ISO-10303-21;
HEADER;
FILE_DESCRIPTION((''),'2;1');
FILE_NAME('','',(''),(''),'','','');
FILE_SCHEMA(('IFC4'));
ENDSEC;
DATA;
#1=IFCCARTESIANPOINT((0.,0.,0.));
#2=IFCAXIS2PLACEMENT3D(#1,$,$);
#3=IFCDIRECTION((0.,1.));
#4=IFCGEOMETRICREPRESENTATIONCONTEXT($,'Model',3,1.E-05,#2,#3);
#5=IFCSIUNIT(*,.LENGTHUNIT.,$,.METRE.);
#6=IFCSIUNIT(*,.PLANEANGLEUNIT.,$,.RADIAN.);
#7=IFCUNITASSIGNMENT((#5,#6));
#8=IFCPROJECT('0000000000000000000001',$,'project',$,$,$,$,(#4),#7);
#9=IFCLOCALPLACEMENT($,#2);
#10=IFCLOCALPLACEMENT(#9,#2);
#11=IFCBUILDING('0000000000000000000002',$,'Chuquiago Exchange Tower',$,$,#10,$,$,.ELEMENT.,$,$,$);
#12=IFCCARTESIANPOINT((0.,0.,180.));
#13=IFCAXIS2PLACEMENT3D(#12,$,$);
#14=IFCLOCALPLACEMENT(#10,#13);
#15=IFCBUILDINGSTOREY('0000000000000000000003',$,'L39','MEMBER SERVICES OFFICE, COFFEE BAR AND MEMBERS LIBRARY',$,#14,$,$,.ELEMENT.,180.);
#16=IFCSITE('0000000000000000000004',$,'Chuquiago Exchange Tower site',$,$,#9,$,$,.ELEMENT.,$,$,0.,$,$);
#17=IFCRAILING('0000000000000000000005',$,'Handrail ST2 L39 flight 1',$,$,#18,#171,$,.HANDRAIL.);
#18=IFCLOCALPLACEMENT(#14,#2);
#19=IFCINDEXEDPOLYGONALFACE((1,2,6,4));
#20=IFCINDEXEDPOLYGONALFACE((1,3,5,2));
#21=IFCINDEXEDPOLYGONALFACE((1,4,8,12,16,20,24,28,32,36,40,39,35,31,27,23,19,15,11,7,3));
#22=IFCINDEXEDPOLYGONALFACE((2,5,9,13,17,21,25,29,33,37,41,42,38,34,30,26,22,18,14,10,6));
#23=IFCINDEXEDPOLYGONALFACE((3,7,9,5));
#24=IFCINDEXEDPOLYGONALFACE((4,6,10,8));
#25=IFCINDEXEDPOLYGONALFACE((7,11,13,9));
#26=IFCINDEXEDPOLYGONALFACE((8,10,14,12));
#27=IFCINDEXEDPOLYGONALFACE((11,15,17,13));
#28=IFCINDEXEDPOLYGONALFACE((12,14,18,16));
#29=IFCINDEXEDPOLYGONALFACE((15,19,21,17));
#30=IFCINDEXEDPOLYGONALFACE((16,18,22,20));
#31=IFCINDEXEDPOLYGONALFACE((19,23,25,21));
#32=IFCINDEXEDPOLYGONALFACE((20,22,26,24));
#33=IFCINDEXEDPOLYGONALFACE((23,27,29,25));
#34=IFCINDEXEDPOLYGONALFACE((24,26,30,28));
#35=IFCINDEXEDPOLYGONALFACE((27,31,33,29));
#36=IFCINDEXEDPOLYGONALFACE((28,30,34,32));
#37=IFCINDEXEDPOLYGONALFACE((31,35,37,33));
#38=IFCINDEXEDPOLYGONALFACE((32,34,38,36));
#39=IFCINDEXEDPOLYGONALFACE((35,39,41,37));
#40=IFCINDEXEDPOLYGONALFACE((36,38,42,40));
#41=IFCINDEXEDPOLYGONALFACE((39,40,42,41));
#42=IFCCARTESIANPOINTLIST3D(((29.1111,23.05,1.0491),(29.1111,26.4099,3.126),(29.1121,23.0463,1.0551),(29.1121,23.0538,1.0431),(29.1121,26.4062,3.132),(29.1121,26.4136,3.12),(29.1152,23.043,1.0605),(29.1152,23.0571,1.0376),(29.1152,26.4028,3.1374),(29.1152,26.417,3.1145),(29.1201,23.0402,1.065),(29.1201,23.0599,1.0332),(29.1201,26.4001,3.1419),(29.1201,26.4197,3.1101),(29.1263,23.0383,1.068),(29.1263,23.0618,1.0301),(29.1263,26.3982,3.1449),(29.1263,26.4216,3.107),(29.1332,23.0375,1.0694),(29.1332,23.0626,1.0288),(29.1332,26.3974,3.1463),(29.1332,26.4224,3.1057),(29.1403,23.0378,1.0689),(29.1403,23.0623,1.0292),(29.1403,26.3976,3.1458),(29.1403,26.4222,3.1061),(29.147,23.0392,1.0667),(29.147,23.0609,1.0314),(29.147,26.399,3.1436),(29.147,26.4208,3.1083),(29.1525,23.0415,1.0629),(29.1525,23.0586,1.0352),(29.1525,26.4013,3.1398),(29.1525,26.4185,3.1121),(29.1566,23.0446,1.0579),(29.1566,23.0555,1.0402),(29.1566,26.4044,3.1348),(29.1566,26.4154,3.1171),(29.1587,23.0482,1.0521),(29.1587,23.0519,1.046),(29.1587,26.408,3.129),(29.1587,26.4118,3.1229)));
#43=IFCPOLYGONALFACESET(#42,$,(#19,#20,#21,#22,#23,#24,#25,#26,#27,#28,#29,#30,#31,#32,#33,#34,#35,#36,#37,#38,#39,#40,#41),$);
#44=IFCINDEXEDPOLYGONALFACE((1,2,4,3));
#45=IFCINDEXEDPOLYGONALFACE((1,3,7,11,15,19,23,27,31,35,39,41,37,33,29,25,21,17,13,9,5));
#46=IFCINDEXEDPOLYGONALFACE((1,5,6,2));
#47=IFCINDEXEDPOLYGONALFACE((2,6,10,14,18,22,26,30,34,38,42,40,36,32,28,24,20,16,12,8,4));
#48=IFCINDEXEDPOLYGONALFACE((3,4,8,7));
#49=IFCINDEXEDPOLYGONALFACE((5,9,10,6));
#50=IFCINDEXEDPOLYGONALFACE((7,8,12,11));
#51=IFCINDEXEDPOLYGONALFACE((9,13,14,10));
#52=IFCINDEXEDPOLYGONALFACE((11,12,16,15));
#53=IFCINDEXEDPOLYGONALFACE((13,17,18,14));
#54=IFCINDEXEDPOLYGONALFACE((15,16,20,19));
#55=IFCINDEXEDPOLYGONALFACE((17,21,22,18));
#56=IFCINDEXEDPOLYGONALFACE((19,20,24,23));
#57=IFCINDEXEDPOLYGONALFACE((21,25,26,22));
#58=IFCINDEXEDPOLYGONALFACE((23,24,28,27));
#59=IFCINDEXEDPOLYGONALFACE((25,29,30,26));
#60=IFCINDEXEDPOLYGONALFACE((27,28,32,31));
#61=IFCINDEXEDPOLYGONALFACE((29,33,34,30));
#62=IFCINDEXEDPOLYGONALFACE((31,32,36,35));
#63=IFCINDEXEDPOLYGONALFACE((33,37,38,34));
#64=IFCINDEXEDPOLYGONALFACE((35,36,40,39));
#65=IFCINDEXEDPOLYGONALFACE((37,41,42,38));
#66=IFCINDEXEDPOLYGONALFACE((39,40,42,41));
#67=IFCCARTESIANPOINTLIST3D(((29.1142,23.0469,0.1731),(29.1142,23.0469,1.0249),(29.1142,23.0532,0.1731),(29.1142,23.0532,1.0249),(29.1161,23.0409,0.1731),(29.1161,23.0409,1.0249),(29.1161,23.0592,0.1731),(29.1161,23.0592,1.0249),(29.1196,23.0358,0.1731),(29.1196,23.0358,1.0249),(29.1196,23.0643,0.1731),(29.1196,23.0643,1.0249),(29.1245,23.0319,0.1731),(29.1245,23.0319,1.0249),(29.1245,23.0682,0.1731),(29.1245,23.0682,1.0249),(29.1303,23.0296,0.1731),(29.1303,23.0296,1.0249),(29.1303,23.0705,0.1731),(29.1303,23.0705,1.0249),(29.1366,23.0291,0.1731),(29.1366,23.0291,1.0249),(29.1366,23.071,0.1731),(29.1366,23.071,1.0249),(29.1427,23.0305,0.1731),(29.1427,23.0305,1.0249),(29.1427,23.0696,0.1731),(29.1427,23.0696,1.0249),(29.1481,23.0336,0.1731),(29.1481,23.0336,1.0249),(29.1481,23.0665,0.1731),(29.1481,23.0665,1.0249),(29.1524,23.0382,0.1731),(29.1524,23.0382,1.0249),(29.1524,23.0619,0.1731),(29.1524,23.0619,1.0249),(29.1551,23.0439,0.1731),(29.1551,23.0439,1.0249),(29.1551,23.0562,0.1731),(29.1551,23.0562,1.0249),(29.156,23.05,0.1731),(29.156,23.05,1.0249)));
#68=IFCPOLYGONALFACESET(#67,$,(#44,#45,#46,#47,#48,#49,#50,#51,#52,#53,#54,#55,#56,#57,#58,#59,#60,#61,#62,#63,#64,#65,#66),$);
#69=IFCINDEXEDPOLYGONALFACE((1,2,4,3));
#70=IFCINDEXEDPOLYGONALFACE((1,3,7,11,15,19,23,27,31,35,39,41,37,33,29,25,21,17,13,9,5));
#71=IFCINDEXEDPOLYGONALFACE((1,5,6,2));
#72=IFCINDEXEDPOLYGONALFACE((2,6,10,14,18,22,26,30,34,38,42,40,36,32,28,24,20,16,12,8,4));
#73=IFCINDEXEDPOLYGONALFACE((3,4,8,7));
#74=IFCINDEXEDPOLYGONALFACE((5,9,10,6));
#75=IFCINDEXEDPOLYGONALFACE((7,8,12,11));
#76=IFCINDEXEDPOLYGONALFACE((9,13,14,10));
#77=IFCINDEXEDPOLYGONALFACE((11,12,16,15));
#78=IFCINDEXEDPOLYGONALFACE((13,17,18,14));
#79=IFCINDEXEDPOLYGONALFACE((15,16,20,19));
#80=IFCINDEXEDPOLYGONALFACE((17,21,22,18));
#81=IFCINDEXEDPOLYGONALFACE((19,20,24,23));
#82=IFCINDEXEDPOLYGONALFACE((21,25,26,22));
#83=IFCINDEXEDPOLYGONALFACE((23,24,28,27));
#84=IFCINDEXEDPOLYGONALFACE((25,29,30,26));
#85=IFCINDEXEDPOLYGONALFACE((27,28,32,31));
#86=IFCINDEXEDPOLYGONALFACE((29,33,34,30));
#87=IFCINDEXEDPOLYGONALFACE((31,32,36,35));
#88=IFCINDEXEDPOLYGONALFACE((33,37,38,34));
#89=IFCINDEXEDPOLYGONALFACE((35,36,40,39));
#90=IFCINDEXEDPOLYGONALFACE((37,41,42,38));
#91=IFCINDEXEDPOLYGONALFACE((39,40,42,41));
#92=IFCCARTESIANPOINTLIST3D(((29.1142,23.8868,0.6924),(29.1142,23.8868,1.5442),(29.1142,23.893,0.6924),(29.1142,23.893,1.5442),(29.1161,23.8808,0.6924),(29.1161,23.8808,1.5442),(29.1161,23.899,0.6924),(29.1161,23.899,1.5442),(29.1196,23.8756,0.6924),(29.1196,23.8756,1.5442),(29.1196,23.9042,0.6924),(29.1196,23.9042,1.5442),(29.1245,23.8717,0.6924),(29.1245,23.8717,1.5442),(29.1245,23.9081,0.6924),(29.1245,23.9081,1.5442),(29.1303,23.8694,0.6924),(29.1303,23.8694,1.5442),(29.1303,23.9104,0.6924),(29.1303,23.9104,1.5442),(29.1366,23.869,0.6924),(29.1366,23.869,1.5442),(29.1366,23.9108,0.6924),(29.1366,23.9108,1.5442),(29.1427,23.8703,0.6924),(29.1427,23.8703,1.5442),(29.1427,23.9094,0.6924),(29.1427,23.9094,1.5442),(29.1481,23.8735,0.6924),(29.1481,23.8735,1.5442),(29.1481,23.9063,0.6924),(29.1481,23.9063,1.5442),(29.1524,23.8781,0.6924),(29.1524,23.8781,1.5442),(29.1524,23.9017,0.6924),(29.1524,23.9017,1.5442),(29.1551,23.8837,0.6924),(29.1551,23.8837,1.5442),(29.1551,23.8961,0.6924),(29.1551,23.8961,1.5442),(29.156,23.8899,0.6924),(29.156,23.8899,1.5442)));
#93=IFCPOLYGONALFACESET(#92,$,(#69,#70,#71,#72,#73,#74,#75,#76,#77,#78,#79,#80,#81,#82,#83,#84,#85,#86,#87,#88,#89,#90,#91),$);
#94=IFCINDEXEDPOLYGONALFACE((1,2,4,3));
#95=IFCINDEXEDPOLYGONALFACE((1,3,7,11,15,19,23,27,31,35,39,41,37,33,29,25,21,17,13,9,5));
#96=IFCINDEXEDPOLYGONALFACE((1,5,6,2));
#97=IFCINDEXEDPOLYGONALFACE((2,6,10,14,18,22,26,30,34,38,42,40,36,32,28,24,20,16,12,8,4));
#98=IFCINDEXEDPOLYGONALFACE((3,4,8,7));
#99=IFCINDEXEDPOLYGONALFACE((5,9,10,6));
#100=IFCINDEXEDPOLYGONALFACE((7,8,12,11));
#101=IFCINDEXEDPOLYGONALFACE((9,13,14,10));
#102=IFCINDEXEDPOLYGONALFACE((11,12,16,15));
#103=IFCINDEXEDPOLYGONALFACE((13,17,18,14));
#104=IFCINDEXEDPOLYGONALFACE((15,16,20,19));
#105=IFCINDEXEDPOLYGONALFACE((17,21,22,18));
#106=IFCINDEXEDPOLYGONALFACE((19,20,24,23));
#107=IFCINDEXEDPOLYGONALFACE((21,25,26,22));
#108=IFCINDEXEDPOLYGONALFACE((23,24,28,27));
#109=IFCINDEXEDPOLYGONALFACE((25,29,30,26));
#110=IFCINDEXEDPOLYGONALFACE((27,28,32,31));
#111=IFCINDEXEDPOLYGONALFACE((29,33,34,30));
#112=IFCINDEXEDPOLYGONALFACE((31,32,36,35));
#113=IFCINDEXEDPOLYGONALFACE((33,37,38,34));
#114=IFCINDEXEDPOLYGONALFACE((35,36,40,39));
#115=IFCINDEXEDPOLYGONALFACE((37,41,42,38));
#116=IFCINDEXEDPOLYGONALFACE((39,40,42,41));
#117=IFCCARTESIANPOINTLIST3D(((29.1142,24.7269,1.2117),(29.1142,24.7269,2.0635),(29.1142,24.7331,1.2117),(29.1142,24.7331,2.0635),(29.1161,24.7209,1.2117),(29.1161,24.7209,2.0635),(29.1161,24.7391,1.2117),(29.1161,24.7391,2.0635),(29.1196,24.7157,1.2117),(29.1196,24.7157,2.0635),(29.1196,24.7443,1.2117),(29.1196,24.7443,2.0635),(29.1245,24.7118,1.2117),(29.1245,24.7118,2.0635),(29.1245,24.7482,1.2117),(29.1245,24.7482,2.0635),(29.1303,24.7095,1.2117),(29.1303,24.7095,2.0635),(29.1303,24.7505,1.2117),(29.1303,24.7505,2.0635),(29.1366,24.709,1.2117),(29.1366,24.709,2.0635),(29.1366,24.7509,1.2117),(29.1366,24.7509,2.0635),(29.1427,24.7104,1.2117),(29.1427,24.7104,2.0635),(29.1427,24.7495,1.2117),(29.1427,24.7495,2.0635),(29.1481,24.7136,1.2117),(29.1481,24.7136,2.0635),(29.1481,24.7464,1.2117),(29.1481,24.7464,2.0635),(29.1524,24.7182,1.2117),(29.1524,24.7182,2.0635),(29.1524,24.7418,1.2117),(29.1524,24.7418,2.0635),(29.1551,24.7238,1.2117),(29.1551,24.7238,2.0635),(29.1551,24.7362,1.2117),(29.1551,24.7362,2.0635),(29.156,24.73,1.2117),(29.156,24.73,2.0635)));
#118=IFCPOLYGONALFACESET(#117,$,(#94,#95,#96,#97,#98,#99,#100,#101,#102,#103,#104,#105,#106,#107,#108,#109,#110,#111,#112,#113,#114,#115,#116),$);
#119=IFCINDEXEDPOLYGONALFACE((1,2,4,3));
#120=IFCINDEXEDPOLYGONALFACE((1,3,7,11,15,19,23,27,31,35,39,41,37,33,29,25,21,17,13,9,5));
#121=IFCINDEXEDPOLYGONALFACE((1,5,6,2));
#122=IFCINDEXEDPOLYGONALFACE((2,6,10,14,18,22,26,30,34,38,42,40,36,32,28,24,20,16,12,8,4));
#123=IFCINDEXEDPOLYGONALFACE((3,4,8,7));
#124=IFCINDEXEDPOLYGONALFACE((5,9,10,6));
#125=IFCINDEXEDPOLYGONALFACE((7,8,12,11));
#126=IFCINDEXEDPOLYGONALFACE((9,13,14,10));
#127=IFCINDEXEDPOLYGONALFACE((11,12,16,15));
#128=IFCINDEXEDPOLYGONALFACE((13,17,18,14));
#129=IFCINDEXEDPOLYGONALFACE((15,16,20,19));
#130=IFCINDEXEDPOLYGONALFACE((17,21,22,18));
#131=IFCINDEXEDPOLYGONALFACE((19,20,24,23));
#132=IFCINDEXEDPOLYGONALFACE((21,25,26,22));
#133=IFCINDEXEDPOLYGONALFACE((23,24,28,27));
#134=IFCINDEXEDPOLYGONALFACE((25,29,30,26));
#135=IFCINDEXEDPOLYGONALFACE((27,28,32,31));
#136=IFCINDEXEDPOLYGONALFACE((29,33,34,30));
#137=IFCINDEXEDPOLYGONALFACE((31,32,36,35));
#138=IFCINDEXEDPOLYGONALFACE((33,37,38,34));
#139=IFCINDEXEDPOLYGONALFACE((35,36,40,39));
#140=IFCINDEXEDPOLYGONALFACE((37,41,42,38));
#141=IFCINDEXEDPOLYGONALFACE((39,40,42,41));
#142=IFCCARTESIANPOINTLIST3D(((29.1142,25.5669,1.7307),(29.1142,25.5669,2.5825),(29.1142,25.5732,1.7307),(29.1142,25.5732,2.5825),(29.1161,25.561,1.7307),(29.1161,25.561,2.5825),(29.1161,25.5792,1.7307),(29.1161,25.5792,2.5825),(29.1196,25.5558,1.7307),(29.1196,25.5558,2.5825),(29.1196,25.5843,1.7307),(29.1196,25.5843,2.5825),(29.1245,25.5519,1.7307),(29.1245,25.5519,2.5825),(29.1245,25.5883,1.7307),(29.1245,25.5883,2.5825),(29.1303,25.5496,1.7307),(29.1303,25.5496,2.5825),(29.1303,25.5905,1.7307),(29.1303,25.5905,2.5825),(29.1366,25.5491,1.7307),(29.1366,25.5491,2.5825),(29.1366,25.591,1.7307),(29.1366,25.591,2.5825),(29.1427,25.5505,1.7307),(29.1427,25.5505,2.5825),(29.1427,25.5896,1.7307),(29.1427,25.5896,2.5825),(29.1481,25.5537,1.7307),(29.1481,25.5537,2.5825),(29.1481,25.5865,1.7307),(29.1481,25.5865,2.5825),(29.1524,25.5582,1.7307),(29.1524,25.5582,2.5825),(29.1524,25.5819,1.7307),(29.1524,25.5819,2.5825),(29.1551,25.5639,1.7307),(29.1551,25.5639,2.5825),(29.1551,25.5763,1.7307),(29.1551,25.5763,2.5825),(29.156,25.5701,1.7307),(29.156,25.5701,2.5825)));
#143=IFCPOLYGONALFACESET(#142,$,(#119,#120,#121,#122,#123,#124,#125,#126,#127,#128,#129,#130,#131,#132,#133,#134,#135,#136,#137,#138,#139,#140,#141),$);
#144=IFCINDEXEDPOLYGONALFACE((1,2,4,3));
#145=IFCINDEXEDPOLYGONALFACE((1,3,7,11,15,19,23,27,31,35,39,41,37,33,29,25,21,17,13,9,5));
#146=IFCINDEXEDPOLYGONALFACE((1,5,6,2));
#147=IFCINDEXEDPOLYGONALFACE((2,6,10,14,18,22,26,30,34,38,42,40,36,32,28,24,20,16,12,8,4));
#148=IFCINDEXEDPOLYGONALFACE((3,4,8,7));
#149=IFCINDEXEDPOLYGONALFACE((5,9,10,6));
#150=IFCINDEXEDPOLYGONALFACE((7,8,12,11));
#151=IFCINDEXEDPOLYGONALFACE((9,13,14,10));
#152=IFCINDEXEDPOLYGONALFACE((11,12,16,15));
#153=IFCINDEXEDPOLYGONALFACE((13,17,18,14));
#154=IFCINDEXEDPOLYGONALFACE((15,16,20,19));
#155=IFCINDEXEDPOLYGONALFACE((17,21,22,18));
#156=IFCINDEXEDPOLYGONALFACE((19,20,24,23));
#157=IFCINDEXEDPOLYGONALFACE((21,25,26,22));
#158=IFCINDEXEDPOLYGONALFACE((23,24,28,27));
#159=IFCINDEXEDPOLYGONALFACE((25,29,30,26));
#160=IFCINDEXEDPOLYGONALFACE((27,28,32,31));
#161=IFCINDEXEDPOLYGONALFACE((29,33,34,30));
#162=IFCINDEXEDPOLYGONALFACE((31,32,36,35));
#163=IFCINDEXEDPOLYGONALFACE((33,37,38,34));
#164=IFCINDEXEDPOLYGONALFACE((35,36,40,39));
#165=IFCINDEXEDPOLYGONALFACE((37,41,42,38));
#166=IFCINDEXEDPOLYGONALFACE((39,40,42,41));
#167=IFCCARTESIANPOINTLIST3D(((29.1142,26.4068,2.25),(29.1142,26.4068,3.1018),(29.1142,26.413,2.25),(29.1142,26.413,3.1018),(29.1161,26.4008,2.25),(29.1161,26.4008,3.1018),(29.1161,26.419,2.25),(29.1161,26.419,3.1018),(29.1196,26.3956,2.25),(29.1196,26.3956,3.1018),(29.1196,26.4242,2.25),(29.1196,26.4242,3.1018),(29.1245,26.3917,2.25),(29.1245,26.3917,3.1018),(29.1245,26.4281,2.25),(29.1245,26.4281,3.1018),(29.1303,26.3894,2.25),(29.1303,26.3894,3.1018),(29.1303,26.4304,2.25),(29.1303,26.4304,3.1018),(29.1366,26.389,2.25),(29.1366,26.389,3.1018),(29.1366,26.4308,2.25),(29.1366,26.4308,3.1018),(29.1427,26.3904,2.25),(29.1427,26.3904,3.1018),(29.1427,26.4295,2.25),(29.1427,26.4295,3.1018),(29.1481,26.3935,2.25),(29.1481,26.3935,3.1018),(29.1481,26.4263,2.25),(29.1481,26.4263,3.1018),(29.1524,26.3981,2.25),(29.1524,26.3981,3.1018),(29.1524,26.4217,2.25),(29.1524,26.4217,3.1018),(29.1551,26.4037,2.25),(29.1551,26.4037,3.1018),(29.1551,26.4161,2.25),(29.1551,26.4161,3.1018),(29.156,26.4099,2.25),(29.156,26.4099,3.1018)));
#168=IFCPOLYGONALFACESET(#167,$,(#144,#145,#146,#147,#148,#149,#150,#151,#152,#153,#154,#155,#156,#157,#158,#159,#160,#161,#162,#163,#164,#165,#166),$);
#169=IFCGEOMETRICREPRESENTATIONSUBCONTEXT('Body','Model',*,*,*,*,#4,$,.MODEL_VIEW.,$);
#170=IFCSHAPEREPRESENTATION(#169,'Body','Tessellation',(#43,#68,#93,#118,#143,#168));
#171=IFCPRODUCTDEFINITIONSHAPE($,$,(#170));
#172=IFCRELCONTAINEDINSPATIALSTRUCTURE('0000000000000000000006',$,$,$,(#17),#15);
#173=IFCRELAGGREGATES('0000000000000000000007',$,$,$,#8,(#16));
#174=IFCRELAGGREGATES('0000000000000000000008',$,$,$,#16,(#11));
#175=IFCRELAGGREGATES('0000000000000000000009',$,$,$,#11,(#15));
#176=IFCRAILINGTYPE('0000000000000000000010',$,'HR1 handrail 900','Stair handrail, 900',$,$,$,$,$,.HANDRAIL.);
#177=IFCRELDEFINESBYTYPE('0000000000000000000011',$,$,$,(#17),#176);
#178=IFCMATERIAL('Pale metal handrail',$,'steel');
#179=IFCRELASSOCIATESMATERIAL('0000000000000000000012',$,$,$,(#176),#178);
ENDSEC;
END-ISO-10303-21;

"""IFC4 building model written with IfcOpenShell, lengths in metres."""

from ifc_helpers import new_model, si_unit, direction, frame, origin, origin_2d, place, context, subcontext, project, spatial, circle, extrude, material, type_object, element, save


model = new_model("IFC4")

# Units and contexts
model_context = context("Model", 3, precision=1e-05, world=origin(), true_north=direction((0.0, 1.0)))
body_context = subcontext(model_context, "Body", "Model", "MODEL_VIEW")
ifc_project = project(units=[si_unit("LENGTHUNIT", "METRE"), si_unit("PLANEANGLEUNIT", "RADIAN")], contexts=[model_context])

# Site, building, storey
site_placement = place(None, origin())
site = spatial("IfcSite", under=ifc_project, at=site_placement, Name="Chuquiago Exchange Tower site", CompositionType="ELEMENT", RefElevation=0.0)
building_placement = place(site_placement, origin())
building = spatial("IfcBuilding", under=site, at=building_placement, Name="Chuquiago Exchange Tower", CompositionType="ELEMENT")
storey_placement = place(building_placement, frame((0.0, 0.0, 180.0)))
storey = spatial("IfcBuildingStorey", under=building, at=storey_placement, Name="L39", Description="MEMBER SERVICES OFFICE, COFFEE BAR AND MEMBERS LIBRARY", CompositionType="ELEMENT", Elevation=180.0)

# Railing
ifc_material_1 = material(Name="Pale metal handrail", Category="steel")
railing_type_1 = type_object("IfcRailingType", Name="HR1 handrail 900", Description="Stair handrail, 900", PredefinedType="HANDRAIL", material=ifc_material_1)
railing_1_placement = place(storey_placement, frame((29.135, 23.05, 0.1731)))
element("IfcRailing", 1, at=railing_1_placement, inside=storey, type_object=railing_type_1, Name="Handrail ST2 L39 flight 1", PredefinedType="HANDRAIL", context=body_context, shape_type="SweptSolid", body=[
    extrude(circle(Radius=0.0239, at=origin_2d()), frame((0.0, 0.0, 0.876), z_axis=(0.0, 0.850606, 0.525803), x_axis=(-1.0, 0.0, 0.0)), (0.0, 0.0, 1.0), 3.95),
    extrude(circle(Radius=0.021, at=origin_2d()), origin(), (0.0, 0.0, 1.0), 0.8518),
    extrude(circle(Radius=0.021, at=origin_2d()), frame((0.0, 0.8398, 0.5193)), (0.0, 0.0, 1.0), 0.8518),
    extrude(circle(Radius=0.021, at=origin_2d()), frame((0.0, 1.6799, 1.0386)), (0.0, 0.0, 1.0), 0.8518),
    extrude(circle(Radius=0.021, at=origin_2d()), frame((0.0, 2.52, 1.5576)), (0.0, 0.0, 1.0), 0.8518),
    extrude(circle(Radius=0.021, at=origin_2d()), frame((0.0, 3.3599, 2.0769)), (0.0, 0.0, 1.0), 0.8518),
])

save(model, "model.ifc")
